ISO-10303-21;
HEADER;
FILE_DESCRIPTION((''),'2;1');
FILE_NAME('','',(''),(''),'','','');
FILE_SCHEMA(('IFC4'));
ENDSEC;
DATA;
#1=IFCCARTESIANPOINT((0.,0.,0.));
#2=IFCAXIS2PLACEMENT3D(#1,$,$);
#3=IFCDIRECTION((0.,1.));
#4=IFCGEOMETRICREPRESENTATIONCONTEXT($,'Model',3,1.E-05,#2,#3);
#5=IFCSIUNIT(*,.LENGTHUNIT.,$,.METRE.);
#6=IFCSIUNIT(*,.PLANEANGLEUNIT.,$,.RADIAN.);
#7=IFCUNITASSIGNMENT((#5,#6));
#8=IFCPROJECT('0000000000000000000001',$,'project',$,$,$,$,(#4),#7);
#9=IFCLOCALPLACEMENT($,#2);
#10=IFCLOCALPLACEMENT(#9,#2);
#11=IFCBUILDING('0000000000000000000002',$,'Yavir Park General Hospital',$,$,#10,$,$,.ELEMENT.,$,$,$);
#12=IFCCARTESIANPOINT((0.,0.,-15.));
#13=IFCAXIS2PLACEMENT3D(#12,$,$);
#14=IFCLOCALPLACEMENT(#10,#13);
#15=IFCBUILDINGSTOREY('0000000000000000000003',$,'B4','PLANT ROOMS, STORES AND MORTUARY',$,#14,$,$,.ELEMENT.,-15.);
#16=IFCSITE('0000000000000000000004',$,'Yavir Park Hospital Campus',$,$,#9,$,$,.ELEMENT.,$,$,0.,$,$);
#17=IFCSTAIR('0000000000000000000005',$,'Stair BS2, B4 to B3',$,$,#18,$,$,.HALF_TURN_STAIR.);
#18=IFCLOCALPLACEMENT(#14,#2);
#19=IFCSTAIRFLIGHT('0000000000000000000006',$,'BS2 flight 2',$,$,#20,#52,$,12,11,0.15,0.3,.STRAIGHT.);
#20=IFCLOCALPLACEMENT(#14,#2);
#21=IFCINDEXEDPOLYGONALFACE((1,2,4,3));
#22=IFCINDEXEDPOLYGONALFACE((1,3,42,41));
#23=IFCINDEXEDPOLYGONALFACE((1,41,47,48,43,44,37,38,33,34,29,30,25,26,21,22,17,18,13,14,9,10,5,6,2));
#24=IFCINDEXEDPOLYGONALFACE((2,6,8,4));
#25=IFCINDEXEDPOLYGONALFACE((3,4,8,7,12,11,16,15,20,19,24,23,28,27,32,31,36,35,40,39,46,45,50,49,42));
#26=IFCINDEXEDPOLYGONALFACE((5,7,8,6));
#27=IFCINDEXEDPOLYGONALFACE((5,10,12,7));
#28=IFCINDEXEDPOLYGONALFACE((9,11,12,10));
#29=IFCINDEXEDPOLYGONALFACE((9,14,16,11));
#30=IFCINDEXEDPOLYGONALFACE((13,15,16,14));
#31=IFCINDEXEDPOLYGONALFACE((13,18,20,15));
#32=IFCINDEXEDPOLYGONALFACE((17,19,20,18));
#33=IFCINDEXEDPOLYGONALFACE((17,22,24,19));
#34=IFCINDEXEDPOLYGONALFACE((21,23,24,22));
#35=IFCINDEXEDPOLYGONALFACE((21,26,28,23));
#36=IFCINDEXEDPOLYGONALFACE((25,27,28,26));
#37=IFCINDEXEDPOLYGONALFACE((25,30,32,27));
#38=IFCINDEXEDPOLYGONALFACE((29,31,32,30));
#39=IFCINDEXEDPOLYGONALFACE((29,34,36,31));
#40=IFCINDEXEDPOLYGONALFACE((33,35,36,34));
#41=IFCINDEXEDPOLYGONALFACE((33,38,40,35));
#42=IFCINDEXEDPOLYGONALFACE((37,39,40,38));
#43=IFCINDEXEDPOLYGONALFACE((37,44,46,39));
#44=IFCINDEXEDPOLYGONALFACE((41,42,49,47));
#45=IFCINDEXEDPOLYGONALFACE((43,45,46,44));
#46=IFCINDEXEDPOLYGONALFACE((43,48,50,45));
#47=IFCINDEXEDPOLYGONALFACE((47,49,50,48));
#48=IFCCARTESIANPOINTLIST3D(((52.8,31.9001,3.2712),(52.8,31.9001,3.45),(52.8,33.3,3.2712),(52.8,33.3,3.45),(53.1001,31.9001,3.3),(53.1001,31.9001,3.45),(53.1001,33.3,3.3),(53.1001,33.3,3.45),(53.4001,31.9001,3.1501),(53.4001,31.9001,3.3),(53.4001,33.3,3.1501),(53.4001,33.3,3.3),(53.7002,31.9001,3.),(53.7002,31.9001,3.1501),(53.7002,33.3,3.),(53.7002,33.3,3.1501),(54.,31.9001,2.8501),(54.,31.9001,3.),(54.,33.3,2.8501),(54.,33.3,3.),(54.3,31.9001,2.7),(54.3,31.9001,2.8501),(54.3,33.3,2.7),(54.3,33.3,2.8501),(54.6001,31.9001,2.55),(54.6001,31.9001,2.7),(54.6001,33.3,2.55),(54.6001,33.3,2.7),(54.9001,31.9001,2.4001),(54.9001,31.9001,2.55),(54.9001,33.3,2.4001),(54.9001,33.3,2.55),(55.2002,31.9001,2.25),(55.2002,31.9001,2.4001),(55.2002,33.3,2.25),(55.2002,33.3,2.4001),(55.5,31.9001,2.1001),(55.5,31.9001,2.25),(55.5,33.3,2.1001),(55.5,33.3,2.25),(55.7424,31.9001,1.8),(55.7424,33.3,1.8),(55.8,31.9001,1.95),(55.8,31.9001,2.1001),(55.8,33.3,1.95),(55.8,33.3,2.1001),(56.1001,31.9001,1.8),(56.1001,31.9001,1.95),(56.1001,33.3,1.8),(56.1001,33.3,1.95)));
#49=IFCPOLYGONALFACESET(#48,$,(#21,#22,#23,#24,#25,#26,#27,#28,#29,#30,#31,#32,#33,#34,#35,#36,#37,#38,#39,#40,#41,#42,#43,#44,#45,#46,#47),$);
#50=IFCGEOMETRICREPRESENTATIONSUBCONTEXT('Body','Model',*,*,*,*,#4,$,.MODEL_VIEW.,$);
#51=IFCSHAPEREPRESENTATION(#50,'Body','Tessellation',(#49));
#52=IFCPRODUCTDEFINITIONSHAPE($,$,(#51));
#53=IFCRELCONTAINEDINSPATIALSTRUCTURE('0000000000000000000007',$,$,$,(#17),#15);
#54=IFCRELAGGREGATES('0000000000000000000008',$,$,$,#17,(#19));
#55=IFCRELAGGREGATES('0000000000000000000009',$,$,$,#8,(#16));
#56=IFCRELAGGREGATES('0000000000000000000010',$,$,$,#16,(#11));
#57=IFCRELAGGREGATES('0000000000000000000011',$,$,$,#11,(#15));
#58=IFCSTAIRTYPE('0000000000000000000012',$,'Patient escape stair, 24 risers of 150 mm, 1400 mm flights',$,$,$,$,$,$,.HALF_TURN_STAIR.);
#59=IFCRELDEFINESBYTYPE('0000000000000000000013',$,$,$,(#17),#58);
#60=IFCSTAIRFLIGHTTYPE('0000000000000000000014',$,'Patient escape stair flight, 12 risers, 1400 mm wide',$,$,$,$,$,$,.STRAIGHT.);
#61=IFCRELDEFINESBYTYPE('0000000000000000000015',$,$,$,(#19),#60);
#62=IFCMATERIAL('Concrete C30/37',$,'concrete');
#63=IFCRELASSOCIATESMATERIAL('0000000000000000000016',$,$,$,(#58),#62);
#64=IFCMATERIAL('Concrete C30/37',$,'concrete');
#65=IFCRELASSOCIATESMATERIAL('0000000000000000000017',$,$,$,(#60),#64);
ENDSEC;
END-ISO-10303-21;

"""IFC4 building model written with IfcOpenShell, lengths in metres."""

from ifc_helpers import new_model, si_unit, direction, frame, origin, place, context, subcontext, project, spatial, polyline, outline, extrude, material, type_object, element, aggregate, save


model = new_model("IFC4")

# Units and contexts
model_context = context("Model", 3, precision=1e-05, world=origin(), true_north=direction((0.0, 1.0)))
body_context = subcontext(model_context, "Body", "Model", "MODEL_VIEW")
ifc_project = project(units=[si_unit("LENGTHUNIT", "METRE"), si_unit("PLANEANGLEUNIT", "RADIAN")], contexts=[model_context])

# Site, building, storey
site_placement = place(None, origin())
site = spatial("IfcSite", under=ifc_project, at=site_placement, Name="Yavir Park Hospital Campus", CompositionType="ELEMENT", RefElevation=0.0)
building_placement = place(site_placement, origin())
building = spatial("IfcBuilding", under=site, at=building_placement, Name="Yavir Park General Hospital", CompositionType="ELEMENT")
storey_placement = place(building_placement, frame((0.0, 0.0, -15.0)))
storey = spatial("IfcBuildingStorey", under=building, at=storey_placement, Name="B4", Description="PLANT ROOMS, STORES AND MORTUARY", CompositionType="ELEMENT", Elevation=-15.0)

# Stair, stair flight
ifc_material_1 = material(Name="Concrete C30/37", Category="concrete")
stair_type = type_object("IfcStairType", Name="Patient escape stair, 24 risers of 150 mm, 1400 mm flights", PredefinedType="HALF_TURN_STAIR", material=ifc_material_1)
stair_placement = place(storey_placement, origin())
stair = element("IfcStair", 1, at=stair_placement, inside=storey, type_object=stair_type, Name="Stair BS2, B4 to B3", PredefinedType="HALF_TURN_STAIR")
ifc_material_2 = material(Name="Concrete C30/37", Category="concrete")
stair_flight_type = type_object("IfcStairFlightType", Name="Patient escape stair flight, 12 risers, 1400 mm wide", PredefinedType="STRAIGHT", material=ifc_material_2)
stair_flight_1_placement = place(storey_placement, frame((56.1001, 32.6001, 1.8), z_axis=(0.0, 0.0, 1.0), x_axis=(-1.0, 0.0, 0.0)))
stair_flight_1 = element("IfcStairFlight", 2, at=stair_flight_1_placement, type_object=stair_flight_type, Name="BS2 flight 2", NumberOfRisers=12, NumberOfTreads=11, PredefinedType="STRAIGHT", RiserHeight=0.15, TreadLength=0.3, context=body_context, shape_type="SweptSolid", body=[
    extrude(outline(polyline([(0.0, 0.0), (0.0, 0.1499), (0.3, 0.1499), (0.3, 0.3), (0.6001, 0.3), (0.6001, 0.45), (0.8999, 0.45), (0.8999, 0.6001), (1.2, 0.6001), (1.2, 0.75), (1.5, 0.75), (1.5, 0.8999), (1.8, 0.8999), (1.8, 1.05), (2.1001, 1.05), (2.1001, 1.2), (2.3999, 1.2), (2.3999, 1.3501), (2.7, 1.3501), (2.7, 1.5), (3.0, 1.5), (3.0, 1.6499), (3.3, 1.6499), (3.3, 1.8), (3.3, 1.4712), (0.3577, 0.0), (0.0, 0.0)])), frame((0.0, 0.7, 0.0), z_axis=(0.0, -1.0, 0.0), x_axis=(1.0, 0.0, 0.0)), (0.0, 0.0, 1.0), 1.3999),
])
aggregate(stair, [stair_flight_1])

save(model, "model.ifc")
